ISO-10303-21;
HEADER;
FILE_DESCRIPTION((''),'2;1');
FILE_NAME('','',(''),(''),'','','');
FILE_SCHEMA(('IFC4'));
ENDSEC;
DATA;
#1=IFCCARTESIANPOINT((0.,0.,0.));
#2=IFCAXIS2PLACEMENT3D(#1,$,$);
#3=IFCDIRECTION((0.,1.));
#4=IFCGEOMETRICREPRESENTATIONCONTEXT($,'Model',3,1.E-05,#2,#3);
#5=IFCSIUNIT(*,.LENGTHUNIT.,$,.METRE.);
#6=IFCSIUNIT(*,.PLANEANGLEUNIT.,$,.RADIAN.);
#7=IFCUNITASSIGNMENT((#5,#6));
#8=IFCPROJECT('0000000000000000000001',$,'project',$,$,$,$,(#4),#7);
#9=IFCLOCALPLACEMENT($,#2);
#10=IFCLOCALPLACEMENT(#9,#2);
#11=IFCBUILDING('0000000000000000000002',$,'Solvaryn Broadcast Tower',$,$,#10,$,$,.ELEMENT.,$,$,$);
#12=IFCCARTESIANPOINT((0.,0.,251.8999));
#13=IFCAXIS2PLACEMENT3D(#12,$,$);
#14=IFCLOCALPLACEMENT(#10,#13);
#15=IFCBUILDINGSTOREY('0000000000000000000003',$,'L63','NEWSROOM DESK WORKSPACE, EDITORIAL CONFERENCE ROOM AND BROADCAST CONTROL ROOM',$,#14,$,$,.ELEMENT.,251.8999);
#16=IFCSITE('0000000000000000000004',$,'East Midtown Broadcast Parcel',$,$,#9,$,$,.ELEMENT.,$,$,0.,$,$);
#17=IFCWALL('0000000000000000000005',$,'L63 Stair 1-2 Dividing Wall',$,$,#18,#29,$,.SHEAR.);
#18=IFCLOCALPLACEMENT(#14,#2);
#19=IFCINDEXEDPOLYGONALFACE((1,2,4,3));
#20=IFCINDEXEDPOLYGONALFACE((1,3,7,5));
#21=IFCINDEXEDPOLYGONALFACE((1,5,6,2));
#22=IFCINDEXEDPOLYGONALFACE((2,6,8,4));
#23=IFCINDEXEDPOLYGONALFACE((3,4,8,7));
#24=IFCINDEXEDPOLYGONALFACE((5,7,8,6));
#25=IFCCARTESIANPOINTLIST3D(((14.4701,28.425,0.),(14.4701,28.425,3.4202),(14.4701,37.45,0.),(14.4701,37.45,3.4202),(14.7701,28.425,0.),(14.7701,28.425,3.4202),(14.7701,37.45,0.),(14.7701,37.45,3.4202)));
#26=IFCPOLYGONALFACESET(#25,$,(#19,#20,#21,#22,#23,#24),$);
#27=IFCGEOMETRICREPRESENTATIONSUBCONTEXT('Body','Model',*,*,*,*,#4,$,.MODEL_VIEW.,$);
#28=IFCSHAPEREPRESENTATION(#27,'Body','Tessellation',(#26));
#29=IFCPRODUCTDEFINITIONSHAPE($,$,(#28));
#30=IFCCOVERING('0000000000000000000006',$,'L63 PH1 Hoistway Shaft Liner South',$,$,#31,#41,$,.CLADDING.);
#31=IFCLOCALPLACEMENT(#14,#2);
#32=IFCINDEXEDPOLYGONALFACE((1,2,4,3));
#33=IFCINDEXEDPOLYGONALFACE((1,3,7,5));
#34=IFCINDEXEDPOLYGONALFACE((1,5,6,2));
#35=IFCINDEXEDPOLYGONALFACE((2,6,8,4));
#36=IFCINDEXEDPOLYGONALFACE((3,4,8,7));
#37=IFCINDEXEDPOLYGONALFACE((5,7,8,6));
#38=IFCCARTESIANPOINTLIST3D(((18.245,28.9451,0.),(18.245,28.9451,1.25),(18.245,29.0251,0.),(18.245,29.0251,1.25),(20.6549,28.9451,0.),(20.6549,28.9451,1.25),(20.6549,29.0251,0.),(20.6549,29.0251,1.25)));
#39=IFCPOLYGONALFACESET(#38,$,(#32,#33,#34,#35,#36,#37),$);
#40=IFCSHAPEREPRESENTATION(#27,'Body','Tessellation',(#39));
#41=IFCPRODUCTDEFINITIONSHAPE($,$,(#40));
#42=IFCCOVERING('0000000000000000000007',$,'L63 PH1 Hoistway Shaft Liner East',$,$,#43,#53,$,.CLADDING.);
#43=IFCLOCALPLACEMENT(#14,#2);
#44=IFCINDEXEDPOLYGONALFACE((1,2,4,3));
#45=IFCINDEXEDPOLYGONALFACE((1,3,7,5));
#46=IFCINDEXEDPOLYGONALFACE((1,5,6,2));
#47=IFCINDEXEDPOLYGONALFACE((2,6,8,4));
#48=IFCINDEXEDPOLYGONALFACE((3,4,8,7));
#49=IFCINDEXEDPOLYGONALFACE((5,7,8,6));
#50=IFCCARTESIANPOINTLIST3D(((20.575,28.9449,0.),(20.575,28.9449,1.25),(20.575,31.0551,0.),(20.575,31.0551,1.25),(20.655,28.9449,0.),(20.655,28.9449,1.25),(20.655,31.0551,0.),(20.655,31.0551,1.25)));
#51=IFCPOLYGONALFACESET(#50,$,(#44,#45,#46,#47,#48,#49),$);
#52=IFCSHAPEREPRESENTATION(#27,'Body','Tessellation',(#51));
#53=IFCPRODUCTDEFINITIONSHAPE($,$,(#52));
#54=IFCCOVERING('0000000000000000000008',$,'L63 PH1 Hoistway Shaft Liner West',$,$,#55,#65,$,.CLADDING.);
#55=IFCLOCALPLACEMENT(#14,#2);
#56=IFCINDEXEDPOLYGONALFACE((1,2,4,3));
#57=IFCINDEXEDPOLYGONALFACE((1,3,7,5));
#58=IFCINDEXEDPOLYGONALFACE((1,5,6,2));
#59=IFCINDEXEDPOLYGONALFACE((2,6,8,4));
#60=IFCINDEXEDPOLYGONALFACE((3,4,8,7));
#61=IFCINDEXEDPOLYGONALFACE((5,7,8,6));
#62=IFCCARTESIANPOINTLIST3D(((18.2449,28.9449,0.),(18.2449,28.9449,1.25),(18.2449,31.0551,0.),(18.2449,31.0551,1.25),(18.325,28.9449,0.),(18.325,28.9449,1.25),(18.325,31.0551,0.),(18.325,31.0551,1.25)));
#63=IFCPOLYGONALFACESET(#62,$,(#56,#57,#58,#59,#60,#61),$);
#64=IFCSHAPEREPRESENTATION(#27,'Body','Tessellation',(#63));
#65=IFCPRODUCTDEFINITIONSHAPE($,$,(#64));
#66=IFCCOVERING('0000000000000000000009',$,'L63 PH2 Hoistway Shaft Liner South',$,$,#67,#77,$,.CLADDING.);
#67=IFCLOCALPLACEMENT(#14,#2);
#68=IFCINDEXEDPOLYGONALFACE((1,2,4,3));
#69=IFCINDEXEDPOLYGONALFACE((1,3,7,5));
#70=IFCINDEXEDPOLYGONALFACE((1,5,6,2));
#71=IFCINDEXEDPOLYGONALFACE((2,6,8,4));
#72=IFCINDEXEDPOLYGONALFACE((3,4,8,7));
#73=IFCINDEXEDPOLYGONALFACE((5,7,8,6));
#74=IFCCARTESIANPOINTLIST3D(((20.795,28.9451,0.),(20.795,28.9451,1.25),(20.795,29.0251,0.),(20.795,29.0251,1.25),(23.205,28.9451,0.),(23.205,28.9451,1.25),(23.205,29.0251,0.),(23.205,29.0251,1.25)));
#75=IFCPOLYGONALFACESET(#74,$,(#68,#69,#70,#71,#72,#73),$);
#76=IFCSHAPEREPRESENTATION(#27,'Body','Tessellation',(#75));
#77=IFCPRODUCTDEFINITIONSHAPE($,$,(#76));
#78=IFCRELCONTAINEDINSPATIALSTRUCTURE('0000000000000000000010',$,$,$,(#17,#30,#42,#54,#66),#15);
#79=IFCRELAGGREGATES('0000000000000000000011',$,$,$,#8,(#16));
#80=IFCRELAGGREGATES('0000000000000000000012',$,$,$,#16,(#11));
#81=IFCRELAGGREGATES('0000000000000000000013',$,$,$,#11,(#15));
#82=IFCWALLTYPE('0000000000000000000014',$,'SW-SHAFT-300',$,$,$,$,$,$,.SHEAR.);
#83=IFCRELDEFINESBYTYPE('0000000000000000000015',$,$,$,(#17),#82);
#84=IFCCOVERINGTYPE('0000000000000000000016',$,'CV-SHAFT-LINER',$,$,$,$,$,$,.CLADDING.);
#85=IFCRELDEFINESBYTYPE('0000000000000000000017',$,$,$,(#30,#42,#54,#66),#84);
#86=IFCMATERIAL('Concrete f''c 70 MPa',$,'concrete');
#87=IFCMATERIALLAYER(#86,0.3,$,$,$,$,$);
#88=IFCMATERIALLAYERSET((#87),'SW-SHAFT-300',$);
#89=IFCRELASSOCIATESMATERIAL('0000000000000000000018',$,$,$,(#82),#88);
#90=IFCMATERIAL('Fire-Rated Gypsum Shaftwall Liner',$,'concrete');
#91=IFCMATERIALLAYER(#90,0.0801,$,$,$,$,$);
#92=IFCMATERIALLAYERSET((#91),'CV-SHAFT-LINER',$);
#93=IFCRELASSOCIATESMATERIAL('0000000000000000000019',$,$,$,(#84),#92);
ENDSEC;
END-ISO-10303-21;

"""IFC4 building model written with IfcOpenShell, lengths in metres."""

from ifc_helpers import new_model, si_unit, direction, frame, frame_2d, origin, origin_2d, place, context, subcontext, project, spatial, rectangle, extrude, material, layer, layer_set, type_object, element, save


model = new_model("IFC4")

# Units and contexts
model_context = context("Model", 3, precision=1e-05, world=origin(), true_north=direction((0.0, 1.0)))
body_context = subcontext(model_context, "Body", "Model", "MODEL_VIEW")
ifc_project = project(units=[si_unit("LENGTHUNIT", "METRE"), si_unit("PLANEANGLEUNIT", "RADIAN")], contexts=[model_context])

# Site, building, storey
site_placement = place(None, origin())
site = spatial("IfcSite", under=ifc_project, at=site_placement, Name="East Midtown Broadcast Parcel", CompositionType="ELEMENT", RefElevation=0.0)
building_placement = place(site_placement, origin())
building = spatial("IfcBuilding", under=site, at=building_placement, Name="Solvaryn Broadcast Tower", CompositionType="ELEMENT")
storey_placement = place(building_placement, frame((0.0, 0.0, 251.8999)))
storey = spatial("IfcBuildingStorey", under=building, at=storey_placement, Name="L63", Description="NEWSROOM DESK WORKSPACE, EDITORIAL CONFERENCE ROOM AND BROADCAST CONTROL ROOM", CompositionType="ELEMENT", Elevation=251.8999)

# Wall
ifc_material_1 = material(Name="Concrete f'c 70 MPa", Category="concrete")
ifc_layer_1 = layer(ifc_material_1, 0.3)
ifc_layer_set_1 = layer_set([ifc_layer_1], Name="SW-SHAFT-300")
wall_type_1 = type_object("IfcWallType", Name="SW-SHAFT-300", PredefinedType="SHEAR", material=ifc_layer_set_1)
wall_1_placement = place(storey_placement, frame((14.6201, 28.425, 0.0), z_axis=(0.0, 0.0, 1.0), x_axis=(0.0, 1.0, 0.0)))
element("IfcWall", 1, at=wall_1_placement, inside=storey, type_object=wall_type_1, Name="L63 Stair 1-2 Dividing Wall", PredefinedType="SHEAR", context=body_context, shape_type="SweptSolid", body=[
    extrude(rectangle(XDim=9.0249, YDim=0.3, at=frame_2d((4.5125, 0.0))), origin(), (0.0, 0.0, 1.0), 3.4202),
])

# Coverings
ifc_material_2 = material(Name="Fire-Rated Gypsum Shaftwall Liner", Category="concrete")
ifc_layer_2 = layer(ifc_material_2, 0.0801)
ifc_layer_set_2 = layer_set([ifc_layer_2], Name="CV-SHAFT-LINER")
covering_type = type_object("IfcCoveringType", Name="CV-SHAFT-LINER", PredefinedType="CLADDING", material=ifc_layer_set_2)
covering_1_placement = place(storey_placement, frame((19.45, 28.9851, 0.0), z_axis=(0.0, 0.0, 1.0), x_axis=(1.0, 0.0, 0.0)))
element("IfcCovering", 2, at=covering_1_placement, inside=storey, type_object=covering_type, Name="L63 PH1 Hoistway Shaft Liner South", PredefinedType="CLADDING", context=body_context, shape_type="SweptSolid", body=[
    extrude(rectangle(XDim=2.4099, YDim=0.0801, at=origin_2d()), origin(), (0.0, 0.0, 1.0), 1.25),
])
for number, where, z_axis, x_axis, name in (
    (3, (20.615, 30.0, 0.0), (0.0, 0.0, 1.0), (1.0, 0.0, 0.0), "L63 PH1 Hoistway Shaft Liner East"),
    (4, (18.2849, 30.0, 0.0), (0.0, 0.0, 1.0), (1.0, 0.0, 0.0), "L63 PH1 Hoistway Shaft Liner West"),
):
    element("IfcCovering", number, at=place(storey_placement, frame(where, z_axis=z_axis, x_axis=x_axis)), inside=storey, type_object=covering_type, Name=name, PredefinedType="CLADDING", context=body_context, shape_type="SweptSolid", body=[
        extrude(rectangle(XDim=0.0801, YDim=2.1101, at=origin_2d()), origin(), (0.0, 0.0, 1.0), 1.25),
    ])
covering_2_placement = place(storey_placement, frame((22.0, 28.9851, 0.0), z_axis=(0.0, 0.0, 1.0), x_axis=(1.0, 0.0, 0.0)))
element("IfcCovering", 5, at=covering_2_placement, inside=storey, type_object=covering_type, Name="L63 PH2 Hoistway Shaft Liner South", PredefinedType="CLADDING", context=body_context, shape_type="SweptSolid", body=[
    extrude(rectangle(XDim=2.4099, YDim=0.0801, at=origin_2d()), origin(), (0.0, 0.0, 1.0), 1.25),
])

save(model, "model.ifc")
